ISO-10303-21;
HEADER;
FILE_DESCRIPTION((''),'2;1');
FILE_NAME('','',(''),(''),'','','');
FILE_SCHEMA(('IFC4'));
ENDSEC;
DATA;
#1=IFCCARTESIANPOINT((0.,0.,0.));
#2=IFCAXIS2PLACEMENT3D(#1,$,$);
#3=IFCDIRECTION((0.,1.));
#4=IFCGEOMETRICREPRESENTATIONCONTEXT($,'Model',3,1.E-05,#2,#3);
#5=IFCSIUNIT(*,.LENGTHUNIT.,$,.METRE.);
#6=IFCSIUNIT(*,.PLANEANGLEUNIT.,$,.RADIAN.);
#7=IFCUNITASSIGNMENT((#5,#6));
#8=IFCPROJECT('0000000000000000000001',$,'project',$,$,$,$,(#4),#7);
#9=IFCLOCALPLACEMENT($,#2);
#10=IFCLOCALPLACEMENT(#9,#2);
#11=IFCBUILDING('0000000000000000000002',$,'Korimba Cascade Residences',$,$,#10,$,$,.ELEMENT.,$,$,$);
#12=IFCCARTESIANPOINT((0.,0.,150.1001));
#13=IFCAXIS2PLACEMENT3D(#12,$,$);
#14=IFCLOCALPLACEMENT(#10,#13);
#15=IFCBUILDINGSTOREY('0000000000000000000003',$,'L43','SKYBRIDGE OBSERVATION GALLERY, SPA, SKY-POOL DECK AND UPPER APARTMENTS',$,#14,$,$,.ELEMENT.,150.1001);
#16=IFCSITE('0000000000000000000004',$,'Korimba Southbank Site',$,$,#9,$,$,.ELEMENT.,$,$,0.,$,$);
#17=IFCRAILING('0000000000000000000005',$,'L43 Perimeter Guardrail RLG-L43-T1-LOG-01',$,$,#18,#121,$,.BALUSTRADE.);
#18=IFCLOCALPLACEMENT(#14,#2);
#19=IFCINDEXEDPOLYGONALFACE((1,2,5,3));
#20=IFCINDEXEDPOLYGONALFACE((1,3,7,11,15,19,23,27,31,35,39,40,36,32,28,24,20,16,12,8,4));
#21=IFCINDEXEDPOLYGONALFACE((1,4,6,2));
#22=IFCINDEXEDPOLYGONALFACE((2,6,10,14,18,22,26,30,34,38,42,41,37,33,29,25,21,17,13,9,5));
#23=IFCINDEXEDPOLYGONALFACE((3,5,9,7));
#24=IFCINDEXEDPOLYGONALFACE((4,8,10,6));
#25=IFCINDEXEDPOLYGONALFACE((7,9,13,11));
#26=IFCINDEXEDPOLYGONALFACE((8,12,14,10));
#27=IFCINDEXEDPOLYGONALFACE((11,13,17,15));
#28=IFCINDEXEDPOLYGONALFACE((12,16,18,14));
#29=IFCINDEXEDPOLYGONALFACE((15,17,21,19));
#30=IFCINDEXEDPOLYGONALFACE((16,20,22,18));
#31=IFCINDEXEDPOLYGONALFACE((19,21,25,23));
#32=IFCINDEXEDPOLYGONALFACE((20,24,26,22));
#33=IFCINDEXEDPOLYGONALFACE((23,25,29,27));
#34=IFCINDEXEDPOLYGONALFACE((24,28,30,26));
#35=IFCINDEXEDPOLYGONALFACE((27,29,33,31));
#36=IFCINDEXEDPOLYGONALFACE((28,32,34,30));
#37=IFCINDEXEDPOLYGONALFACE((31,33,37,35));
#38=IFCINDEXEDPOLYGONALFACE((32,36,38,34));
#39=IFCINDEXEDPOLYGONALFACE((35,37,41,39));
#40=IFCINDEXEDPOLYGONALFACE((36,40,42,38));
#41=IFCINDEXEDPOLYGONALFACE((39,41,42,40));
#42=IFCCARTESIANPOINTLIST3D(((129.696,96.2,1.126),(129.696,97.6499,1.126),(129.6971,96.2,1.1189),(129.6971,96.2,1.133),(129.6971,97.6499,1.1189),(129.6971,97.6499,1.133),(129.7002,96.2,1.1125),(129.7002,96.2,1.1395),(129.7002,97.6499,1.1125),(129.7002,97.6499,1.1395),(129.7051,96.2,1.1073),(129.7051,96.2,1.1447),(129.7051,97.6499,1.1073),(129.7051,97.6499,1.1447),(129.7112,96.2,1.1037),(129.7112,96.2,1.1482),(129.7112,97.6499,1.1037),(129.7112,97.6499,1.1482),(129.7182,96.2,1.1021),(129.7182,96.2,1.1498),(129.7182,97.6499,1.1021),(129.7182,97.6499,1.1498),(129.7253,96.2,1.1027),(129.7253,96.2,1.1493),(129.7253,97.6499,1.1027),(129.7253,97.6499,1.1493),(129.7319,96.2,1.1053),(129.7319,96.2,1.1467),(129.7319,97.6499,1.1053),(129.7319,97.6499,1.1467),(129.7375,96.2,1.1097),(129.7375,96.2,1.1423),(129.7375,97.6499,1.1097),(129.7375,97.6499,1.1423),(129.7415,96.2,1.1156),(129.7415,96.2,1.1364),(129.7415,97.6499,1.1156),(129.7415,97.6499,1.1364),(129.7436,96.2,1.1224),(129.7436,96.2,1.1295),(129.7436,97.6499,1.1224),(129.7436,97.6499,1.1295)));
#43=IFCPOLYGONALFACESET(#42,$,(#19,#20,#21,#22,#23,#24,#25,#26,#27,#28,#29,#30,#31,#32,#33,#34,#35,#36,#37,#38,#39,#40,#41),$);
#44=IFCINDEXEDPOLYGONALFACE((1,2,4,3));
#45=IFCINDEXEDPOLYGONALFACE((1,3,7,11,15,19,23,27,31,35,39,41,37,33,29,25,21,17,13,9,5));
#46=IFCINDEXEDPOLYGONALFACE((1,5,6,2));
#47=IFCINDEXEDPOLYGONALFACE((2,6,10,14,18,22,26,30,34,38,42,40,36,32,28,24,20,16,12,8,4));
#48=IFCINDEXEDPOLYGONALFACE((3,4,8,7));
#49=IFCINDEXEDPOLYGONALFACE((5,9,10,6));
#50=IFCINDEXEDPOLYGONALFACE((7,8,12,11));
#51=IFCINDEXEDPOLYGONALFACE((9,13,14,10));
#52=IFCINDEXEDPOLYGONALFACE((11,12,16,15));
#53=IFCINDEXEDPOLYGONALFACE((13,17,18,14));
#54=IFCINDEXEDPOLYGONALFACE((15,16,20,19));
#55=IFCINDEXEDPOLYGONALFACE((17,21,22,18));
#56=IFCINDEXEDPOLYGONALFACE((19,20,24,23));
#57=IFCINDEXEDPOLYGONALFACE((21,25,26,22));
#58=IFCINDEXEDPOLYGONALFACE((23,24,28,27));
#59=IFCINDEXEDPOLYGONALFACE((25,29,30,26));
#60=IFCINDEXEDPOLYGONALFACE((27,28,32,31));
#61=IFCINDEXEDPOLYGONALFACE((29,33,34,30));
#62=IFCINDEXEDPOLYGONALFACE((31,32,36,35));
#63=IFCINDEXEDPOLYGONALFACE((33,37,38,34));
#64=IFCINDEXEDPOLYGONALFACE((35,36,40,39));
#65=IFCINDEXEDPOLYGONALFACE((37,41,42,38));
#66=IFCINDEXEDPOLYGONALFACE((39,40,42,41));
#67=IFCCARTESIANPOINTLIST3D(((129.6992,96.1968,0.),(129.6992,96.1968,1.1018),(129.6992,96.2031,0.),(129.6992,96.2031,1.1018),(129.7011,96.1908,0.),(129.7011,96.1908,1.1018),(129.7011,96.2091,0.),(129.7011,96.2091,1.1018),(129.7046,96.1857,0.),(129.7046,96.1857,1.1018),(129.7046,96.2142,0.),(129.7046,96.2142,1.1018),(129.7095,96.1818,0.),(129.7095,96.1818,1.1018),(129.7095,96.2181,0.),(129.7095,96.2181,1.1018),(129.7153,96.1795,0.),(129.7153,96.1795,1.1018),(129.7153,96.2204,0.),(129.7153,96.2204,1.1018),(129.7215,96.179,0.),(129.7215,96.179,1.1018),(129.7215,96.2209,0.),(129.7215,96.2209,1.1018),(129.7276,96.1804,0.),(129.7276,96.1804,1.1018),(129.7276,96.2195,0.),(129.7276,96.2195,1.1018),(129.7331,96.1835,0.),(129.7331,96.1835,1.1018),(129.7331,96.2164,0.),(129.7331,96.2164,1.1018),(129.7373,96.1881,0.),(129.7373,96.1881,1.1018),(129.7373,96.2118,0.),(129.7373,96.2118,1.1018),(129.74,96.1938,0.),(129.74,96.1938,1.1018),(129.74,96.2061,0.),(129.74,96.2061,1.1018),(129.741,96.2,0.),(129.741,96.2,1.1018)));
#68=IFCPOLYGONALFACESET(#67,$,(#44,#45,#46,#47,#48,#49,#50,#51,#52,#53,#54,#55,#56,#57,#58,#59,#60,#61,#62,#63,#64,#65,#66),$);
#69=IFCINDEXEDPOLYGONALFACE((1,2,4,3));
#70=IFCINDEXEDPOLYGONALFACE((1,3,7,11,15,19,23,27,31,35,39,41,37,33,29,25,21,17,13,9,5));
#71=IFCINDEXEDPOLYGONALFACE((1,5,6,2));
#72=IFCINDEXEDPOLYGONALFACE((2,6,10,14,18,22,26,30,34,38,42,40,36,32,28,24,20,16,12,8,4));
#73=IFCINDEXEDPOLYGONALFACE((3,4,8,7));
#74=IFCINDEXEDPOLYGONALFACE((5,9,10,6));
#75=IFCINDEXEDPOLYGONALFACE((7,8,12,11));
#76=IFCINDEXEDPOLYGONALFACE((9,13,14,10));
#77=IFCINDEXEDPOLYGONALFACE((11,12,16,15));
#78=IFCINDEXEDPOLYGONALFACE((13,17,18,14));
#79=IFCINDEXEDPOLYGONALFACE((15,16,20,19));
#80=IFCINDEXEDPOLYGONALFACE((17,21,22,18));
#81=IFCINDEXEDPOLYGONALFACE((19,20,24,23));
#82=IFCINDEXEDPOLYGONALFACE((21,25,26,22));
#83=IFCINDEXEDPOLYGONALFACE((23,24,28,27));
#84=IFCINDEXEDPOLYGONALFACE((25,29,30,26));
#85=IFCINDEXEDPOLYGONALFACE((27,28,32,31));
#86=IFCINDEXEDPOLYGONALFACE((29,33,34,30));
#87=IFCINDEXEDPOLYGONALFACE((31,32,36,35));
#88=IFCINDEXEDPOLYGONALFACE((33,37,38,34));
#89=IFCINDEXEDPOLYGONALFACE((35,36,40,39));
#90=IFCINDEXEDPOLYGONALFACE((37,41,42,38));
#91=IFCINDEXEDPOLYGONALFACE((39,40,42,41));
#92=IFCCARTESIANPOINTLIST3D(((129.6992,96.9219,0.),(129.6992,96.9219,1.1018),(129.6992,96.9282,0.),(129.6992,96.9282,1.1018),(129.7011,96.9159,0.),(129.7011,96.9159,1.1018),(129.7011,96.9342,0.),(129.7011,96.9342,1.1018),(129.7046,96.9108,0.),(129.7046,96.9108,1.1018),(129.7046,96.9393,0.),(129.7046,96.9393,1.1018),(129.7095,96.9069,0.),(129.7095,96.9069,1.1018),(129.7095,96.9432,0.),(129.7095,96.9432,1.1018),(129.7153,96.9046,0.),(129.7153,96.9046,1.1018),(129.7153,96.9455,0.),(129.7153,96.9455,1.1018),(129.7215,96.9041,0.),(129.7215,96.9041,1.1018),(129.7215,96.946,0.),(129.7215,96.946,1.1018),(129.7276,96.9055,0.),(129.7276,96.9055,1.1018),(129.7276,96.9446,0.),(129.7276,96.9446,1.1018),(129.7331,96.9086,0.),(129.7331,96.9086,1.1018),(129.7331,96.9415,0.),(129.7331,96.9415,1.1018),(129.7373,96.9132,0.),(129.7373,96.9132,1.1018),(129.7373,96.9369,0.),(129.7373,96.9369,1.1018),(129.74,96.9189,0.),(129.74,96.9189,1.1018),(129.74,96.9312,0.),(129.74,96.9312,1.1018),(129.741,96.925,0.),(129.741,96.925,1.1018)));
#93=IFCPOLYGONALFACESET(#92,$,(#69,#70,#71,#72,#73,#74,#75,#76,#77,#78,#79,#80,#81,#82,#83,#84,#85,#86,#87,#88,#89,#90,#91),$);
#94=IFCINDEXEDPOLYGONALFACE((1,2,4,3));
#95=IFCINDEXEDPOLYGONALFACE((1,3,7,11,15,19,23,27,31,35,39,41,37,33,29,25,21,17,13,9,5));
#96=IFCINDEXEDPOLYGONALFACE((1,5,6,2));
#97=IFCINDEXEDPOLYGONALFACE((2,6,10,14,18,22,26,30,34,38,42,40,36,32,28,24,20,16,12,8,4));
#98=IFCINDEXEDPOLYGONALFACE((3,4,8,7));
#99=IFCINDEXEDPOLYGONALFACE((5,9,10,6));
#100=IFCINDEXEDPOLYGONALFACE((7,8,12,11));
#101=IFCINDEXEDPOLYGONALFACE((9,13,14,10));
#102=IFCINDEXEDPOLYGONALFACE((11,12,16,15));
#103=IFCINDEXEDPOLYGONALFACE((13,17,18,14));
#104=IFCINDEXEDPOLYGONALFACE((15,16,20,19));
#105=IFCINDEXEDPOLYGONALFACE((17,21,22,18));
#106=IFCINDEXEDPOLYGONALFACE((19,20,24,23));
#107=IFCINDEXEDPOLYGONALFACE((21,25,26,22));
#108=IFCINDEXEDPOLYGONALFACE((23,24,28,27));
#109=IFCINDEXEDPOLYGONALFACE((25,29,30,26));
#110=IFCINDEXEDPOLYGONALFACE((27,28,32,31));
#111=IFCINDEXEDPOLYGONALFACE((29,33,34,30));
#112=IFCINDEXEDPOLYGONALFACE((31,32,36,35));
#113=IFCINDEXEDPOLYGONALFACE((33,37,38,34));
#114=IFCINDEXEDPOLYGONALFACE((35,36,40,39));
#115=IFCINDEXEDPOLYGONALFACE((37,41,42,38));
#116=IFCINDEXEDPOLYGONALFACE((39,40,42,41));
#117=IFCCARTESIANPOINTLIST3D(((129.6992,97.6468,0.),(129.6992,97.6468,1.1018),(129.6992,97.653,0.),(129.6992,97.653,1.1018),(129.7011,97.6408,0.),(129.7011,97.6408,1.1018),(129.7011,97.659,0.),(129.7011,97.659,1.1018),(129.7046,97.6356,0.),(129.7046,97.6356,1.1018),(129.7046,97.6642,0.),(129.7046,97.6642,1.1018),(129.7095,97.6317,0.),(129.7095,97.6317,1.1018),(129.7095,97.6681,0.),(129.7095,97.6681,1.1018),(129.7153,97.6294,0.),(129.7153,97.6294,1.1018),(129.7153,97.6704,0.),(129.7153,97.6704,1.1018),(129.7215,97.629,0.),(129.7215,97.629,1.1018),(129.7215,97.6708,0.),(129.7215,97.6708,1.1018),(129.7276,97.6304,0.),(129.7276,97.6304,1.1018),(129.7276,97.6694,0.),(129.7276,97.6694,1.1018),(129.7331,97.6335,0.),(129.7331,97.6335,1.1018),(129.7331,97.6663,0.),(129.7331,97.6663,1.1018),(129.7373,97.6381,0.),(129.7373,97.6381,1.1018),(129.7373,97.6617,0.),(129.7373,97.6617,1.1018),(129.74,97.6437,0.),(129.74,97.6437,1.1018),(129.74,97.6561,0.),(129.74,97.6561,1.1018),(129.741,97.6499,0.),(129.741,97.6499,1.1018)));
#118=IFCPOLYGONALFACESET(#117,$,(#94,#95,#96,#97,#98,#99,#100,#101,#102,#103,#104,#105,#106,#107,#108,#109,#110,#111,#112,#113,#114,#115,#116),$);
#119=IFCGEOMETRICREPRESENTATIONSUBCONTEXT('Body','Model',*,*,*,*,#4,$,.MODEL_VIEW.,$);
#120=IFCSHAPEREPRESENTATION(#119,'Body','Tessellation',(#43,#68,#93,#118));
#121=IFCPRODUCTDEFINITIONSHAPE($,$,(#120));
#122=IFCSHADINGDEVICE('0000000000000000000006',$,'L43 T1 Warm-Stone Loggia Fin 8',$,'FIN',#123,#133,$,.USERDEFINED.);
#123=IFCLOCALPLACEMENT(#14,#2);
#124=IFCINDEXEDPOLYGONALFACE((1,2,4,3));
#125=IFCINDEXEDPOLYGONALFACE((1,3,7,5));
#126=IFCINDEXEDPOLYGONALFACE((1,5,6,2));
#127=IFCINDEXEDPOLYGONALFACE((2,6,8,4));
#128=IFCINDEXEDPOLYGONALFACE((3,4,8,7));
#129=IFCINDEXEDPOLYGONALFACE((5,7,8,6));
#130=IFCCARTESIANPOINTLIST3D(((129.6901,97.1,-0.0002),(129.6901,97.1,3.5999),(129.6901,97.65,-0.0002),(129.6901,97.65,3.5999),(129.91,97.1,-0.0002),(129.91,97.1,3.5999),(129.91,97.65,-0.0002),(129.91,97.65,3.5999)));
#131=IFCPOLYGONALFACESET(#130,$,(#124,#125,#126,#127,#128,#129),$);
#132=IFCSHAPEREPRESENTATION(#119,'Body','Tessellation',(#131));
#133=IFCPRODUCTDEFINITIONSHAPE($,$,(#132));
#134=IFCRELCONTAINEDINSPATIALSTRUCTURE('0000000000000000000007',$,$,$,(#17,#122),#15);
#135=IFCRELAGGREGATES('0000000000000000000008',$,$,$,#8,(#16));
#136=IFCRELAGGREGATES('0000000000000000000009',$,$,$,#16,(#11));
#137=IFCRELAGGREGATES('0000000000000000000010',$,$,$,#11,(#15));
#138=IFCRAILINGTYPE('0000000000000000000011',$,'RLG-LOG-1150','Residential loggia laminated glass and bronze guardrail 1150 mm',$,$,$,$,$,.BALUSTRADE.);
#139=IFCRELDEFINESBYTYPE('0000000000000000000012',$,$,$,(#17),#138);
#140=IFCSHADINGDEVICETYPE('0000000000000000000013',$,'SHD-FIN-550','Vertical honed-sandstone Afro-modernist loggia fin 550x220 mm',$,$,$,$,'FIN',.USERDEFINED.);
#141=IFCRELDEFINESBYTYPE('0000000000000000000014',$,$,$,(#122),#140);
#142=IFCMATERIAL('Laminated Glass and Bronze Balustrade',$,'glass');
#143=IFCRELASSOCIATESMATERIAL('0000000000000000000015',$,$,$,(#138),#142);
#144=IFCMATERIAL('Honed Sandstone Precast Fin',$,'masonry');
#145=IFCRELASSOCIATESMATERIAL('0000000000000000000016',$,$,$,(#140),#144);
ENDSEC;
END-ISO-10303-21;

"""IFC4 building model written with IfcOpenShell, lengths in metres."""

from ifc_helpers import new_model, si_unit, direction, frame, origin, origin_2d, place, context, subcontext, project, spatial, rectangle, circle, extrude, material, type_object, element, save


model = new_model("IFC4")

# Units and contexts
model_context = context("Model", 3, precision=1e-05, world=origin(), true_north=direction((0.0, 1.0)))
body_context = subcontext(model_context, "Body", "Model", "MODEL_VIEW")
ifc_project = project(units=[si_unit("LENGTHUNIT", "METRE"), si_unit("PLANEANGLEUNIT", "RADIAN")], contexts=[model_context])

# Site, building, storey
site_placement = place(None, origin())
site = spatial("IfcSite", under=ifc_project, at=site_placement, Name="Korimba Southbank Site", CompositionType="ELEMENT", RefElevation=0.0)
building_placement = place(site_placement, origin())
building = spatial("IfcBuilding", under=site, at=building_placement, Name="Korimba Cascade Residences", CompositionType="ELEMENT")
storey_placement = place(building_placement, frame((0.0, 0.0, 150.1001)))
storey = spatial("IfcBuildingStorey", under=building, at=storey_placement, Name="L43", Description="SKYBRIDGE OBSERVATION GALLERY, SPA, SKY-POOL DECK AND UPPER APARTMENTS", CompositionType="ELEMENT", Elevation=150.1001)

# Railing
ifc_material_1 = material(Name="Laminated Glass and Bronze Balustrade", Category="glass")
railing_type = type_object("IfcRailingType", Name="RLG-LOG-1150", Description="Residential loggia laminated glass and bronze guardrail 1150 mm", PredefinedType="BALUSTRADE", material=ifc_material_1)
railing_1_placement = place(storey_placement, frame((129.72, 96.2, 0.0)))
element("IfcRailing", 1, at=railing_1_placement, inside=storey, type_object=railing_type, Name="L43 Perimeter Guardrail RLG-L43-T1-LOG-01", PredefinedType="BALUSTRADE", context=body_context, shape_type="SweptSolid", body=[
    extrude(circle(Radius=0.0239, at=origin_2d()), frame((0.0, 0.0, 1.126), z_axis=(0.0, 1.0, 0.0), x_axis=(-1.0, 0.0, 0.0)), (0.0, 0.0, 1.0), 1.45),
    extrude(circle(Radius=0.021, at=origin_2d()), origin(), (0.0, 0.0, 1.0), 1.1018),
    extrude(circle(Radius=0.021, at=origin_2d()), frame((0.0, 0.7251, 0.0)), (0.0, 0.0, 1.0), 1.1018),
    extrude(circle(Radius=0.021, at=origin_2d()), frame((0.0, 1.45, 0.0)), (0.0, 0.0, 1.0), 1.1018),
])

# Shading device
ifc_material_2 = material(Name="Honed Sandstone Precast Fin", Category="masonry")
shading_device_type = type_object("IfcShadingDeviceType", Name="SHD-FIN-550", Description="Vertical honed-sandstone Afro-modernist loggia fin 550x220 mm", ElementType="FIN", PredefinedType="USERDEFINED", material=ifc_material_2)
shading_device_placement = place(storey_placement, frame((129.8, 97.375, -0.0002), z_axis=(0.0, 0.0, 1.0), x_axis=(1.0, 0.0, 0.0)))
element("IfcShadingDevice", 2, at=shading_device_placement, inside=storey, type_object=shading_device_type, Name="L43 T1 Warm-Stone Loggia Fin 8", ObjectType="FIN", PredefinedType="USERDEFINED", context=body_context, shape_type="SweptSolid", body=[
    extrude(rectangle(XDim=0.22, YDim=0.55, at=origin_2d()), origin(), (0.0, 0.0, 1.0), 3.6001),
])

save(model, "model.ifc")
